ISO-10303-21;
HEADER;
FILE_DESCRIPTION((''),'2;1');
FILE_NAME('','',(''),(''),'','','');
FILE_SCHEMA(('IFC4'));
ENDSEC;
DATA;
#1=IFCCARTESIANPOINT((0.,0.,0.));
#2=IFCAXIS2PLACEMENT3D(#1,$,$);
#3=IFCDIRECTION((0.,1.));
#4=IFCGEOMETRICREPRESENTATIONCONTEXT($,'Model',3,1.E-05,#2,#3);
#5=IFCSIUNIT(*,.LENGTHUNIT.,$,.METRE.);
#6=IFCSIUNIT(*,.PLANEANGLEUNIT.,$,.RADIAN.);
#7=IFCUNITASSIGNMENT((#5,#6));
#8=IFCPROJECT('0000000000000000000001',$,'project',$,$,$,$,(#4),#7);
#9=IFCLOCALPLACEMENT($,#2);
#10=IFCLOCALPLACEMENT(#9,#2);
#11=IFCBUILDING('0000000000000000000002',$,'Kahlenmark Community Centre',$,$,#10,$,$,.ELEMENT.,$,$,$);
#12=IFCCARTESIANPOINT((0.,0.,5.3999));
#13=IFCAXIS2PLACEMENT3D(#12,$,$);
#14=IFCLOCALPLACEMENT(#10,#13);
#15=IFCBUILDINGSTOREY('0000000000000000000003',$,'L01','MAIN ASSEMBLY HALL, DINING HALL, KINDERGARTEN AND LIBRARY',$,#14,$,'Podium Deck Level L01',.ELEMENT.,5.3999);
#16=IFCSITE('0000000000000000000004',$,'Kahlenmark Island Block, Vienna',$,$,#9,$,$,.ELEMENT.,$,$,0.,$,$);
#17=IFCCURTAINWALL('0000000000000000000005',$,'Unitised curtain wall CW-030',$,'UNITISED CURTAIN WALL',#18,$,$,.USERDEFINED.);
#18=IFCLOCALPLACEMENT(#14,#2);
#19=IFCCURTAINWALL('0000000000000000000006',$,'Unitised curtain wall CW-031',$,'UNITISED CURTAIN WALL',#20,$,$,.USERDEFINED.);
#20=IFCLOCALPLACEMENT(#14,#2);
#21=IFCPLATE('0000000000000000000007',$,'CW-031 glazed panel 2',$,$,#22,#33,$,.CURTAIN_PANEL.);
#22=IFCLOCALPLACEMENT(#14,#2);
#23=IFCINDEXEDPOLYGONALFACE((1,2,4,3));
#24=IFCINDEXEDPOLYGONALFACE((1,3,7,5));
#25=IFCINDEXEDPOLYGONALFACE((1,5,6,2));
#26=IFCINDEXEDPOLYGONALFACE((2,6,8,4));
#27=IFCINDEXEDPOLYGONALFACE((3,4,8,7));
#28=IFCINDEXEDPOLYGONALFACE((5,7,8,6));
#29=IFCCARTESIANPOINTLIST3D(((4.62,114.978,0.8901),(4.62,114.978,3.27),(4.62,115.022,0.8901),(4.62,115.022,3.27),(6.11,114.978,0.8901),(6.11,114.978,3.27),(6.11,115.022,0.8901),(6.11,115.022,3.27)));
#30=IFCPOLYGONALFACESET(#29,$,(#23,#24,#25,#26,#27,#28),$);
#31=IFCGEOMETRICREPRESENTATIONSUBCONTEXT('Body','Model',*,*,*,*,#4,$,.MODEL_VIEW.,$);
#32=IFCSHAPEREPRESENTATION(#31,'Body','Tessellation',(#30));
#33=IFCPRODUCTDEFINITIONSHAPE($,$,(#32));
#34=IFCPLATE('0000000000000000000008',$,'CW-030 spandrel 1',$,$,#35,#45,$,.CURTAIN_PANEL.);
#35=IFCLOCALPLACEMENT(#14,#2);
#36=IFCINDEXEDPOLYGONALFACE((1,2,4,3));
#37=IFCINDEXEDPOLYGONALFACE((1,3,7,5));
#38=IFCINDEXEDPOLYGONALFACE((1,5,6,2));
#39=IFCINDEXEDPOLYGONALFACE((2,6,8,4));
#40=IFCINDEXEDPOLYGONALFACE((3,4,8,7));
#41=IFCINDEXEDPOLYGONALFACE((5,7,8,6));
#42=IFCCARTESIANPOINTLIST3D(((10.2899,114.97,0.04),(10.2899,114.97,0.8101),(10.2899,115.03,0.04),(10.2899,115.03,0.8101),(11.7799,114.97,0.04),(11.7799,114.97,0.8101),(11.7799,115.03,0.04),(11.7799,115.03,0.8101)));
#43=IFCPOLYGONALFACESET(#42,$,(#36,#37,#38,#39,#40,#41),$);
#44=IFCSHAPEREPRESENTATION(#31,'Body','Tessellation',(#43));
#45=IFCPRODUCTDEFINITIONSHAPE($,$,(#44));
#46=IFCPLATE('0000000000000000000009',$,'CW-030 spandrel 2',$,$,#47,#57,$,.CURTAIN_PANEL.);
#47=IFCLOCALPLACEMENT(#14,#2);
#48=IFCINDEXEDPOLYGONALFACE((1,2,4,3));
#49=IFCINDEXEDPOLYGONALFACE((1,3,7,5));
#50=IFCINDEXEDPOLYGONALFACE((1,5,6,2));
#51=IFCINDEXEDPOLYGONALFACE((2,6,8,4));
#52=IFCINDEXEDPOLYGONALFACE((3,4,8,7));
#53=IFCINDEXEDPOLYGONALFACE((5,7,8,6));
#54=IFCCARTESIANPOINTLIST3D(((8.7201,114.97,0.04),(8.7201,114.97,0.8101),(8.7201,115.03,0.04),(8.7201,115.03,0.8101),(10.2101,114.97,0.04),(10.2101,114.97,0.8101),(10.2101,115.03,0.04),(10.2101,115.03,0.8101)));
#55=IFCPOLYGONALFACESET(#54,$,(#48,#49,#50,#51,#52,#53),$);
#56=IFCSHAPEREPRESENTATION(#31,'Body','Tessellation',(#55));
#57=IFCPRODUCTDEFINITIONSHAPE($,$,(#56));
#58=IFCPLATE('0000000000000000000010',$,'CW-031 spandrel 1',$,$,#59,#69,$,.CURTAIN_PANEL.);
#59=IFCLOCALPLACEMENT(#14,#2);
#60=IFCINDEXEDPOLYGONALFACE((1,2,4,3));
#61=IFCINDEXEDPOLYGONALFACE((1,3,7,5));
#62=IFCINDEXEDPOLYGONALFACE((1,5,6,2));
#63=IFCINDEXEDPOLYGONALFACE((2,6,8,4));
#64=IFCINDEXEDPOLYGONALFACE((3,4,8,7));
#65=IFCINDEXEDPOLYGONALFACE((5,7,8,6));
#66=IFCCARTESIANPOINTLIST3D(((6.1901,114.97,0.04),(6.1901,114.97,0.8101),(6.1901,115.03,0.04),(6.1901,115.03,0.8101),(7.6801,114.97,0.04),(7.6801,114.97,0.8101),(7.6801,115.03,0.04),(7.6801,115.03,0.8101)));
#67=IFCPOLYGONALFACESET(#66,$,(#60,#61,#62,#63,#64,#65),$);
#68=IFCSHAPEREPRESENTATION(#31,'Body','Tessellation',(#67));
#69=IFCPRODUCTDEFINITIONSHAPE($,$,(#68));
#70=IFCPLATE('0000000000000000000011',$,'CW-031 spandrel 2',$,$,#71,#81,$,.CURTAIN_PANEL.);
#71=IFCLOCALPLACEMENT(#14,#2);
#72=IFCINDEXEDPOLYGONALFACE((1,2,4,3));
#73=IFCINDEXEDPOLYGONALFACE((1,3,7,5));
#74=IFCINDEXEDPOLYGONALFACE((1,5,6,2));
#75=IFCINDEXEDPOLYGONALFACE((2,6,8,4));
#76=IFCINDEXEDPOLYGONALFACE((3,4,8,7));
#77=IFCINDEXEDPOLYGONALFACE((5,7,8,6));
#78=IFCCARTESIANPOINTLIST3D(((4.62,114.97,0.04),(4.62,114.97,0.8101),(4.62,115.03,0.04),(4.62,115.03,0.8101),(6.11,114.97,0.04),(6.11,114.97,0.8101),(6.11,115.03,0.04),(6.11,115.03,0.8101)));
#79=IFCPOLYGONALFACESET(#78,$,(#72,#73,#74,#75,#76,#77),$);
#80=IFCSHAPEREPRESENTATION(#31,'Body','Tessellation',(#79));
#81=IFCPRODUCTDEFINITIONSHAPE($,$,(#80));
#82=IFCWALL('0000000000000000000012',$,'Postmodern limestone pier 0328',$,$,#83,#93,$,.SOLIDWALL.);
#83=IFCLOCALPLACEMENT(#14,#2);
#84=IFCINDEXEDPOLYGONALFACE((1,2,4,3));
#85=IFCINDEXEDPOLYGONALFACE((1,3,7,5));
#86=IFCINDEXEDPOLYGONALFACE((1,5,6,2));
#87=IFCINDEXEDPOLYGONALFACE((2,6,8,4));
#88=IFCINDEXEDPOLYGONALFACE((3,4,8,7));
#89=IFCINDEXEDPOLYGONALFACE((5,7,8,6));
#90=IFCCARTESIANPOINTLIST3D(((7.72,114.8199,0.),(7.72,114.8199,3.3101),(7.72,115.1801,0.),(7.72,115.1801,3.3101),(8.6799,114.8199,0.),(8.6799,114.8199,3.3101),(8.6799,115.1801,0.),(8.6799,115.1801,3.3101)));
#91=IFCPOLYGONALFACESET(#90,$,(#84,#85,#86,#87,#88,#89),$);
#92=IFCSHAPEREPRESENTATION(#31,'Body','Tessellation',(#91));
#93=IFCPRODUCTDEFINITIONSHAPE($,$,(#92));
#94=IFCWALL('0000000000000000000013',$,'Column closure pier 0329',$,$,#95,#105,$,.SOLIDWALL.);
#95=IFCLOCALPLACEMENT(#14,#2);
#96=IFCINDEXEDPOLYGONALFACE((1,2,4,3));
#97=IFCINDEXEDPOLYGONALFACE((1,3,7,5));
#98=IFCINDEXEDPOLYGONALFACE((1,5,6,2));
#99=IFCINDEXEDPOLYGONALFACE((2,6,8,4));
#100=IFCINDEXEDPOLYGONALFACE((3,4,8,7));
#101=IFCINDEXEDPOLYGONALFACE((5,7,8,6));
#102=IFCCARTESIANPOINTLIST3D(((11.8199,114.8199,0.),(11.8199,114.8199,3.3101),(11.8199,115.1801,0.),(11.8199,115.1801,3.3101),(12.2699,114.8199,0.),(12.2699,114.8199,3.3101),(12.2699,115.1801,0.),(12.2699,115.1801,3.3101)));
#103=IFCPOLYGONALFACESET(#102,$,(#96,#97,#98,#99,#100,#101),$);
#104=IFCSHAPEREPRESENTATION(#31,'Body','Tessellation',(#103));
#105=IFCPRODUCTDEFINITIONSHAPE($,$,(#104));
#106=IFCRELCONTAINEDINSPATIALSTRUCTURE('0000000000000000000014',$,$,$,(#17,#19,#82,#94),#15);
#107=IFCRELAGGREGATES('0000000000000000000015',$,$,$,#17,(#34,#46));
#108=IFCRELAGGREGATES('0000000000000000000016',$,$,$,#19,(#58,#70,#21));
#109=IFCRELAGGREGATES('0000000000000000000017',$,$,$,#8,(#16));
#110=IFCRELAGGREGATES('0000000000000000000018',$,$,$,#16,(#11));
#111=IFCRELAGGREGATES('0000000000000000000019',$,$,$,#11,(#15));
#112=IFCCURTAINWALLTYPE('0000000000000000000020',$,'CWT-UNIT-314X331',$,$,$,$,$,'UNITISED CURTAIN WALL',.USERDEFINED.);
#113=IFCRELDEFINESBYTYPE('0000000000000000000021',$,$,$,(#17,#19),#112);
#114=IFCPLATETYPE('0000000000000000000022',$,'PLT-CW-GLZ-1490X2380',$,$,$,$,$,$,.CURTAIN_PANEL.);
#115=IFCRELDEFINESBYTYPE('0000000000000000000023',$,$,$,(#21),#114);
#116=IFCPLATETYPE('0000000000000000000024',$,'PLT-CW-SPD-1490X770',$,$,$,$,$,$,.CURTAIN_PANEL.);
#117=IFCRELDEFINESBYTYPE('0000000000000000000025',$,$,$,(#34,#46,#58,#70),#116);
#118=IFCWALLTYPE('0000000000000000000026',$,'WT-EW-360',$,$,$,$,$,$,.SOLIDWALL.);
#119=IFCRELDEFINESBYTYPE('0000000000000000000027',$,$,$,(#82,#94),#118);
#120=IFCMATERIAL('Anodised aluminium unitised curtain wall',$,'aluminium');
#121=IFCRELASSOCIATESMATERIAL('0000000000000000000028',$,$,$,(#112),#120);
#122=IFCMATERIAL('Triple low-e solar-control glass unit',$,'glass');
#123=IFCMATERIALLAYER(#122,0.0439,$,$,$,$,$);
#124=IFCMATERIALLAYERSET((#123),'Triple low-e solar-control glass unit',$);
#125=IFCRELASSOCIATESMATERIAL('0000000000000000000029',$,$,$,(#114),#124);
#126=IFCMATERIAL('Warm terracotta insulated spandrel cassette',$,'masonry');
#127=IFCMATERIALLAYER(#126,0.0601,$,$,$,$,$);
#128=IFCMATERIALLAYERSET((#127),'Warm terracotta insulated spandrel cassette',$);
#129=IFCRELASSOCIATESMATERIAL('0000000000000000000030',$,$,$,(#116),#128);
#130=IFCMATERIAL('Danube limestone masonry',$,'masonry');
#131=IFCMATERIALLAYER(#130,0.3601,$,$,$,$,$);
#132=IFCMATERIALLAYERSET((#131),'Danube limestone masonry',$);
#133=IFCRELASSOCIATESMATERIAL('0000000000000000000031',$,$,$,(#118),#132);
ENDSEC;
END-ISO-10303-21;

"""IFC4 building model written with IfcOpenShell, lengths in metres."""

from ifc_helpers import new_model, si_unit, direction, frame, frame_2d, origin, origin_2d, place, context, subcontext, project, spatial, rectangle, extrude, material, layer, layer_set, type_object, element, aggregate, save


model = new_model("IFC4")

# Units and contexts
model_context = context("Model", 3, precision=1e-05, world=origin(), true_north=direction((0.0, 1.0)))
body_context = subcontext(model_context, "Body", "Model", "MODEL_VIEW")
ifc_project = project(units=[si_unit("LENGTHUNIT", "METRE"), si_unit("PLANEANGLEUNIT", "RADIAN")], contexts=[model_context])

# Site, building, storey
site_placement = place(None, origin())
site = spatial("IfcSite", under=ifc_project, at=site_placement, Name="Kahlenmark Island Block, Vienna", CompositionType="ELEMENT", RefElevation=0.0)
building_placement = place(site_placement, origin())
building = spatial("IfcBuilding", under=site, at=building_placement, Name="Kahlenmark Community Centre", CompositionType="ELEMENT")
storey_placement = place(building_placement, frame((0.0, 0.0, 5.3999)))
storey = spatial("IfcBuildingStorey", under=building, at=storey_placement, Name="L01", Description="MAIN ASSEMBLY HALL, DINING HALL, KINDERGARTEN AND LIBRARY", LongName="Podium Deck Level L01", CompositionType="ELEMENT", Elevation=5.3999)

# Curtain walls
ifc_material_1 = material(Name="Anodised aluminium unitised curtain wall", Category="aluminium")
curtain_wall_type = type_object("IfcCurtainWallType", Name="CWT-UNIT-314X331", ElementType="UNITISED CURTAIN WALL", PredefinedType="USERDEFINED", material=ifc_material_1)
curtain_wall_1_placement = place(storey_placement, origin())
curtain_wall_1 = element("IfcCurtainWall", 1, at=curtain_wall_1_placement, inside=storey, type_object=curtain_wall_type, Name="Unitised curtain wall CW-030", ObjectType="UNITISED CURTAIN WALL", PredefinedType="USERDEFINED")
curtain_wall_2_placement = place(storey_placement, origin())
curtain_wall_2 = element("IfcCurtainWall", 2, at=curtain_wall_2_placement, inside=storey, type_object=curtain_wall_type, Name="Unitised curtain wall CW-031", ObjectType="UNITISED CURTAIN WALL", PredefinedType="USERDEFINED")

# Plates
ifc_material_2 = material(Name="Triple low-e solar-control glass unit", Category="glass")
ifc_layer_1 = layer(ifc_material_2, 0.0439)
ifc_layer_set_1 = layer_set([ifc_layer_1], Name="Triple low-e solar-control glass unit")
plate_type_1 = type_object("IfcPlateType", Name="PLT-CW-GLZ-1490X2380", PredefinedType="CURTAIN_PANEL", material=ifc_layer_set_1)
plate_1_placement = place(storey_placement, frame((5.365, 115.0, 0.8901), z_axis=(0.0, 0.0, 1.0), x_axis=(-1.0, 0.0, 0.0)))
plate_1 = element("IfcPlate", 3, at=plate_1_placement, type_object=plate_type_1, Name="CW-031 glazed panel 2", PredefinedType="CURTAIN_PANEL", context=body_context, shape_type="SweptSolid", body=[
    extrude(rectangle(XDim=1.49, YDim=0.0439, at=origin_2d()), origin(), (0.0, 0.0, 1.0), 2.3799),
])
ifc_material_3 = material(Name="Warm terracotta insulated spandrel cassette", Category="masonry")
ifc_layer_2 = layer(ifc_material_3, 0.0601)
ifc_layer_set_2 = layer_set([ifc_layer_2], Name="Warm terracotta insulated spandrel cassette")
plate_type_2 = type_object("IfcPlateType", Name="PLT-CW-SPD-1490X770", PredefinedType="CURTAIN_PANEL", material=ifc_layer_set_2)
plate_2_placement = place(storey_placement, frame((11.0349, 115.0, 0.04), z_axis=(0.0, 0.0, 1.0), x_axis=(-1.0, 0.0, 0.0)))
plate_2 = element("IfcPlate", 4, at=plate_2_placement, type_object=plate_type_2, Name="CW-030 spandrel 1", PredefinedType="CURTAIN_PANEL", context=body_context, shape_type="SweptSolid", body=[
    extrude(rectangle(XDim=1.49, YDim=0.0601, at=origin_2d()), origin(), (0.0, 0.0, 1.0), 0.77),
])
plate_3_placement = place(storey_placement, frame((9.4651, 115.0, 0.04), z_axis=(0.0, 0.0, 1.0), x_axis=(-1.0, 0.0, 0.0)))
plate_3 = element("IfcPlate", 5, at=plate_3_placement, type_object=plate_type_2, Name="CW-030 spandrel 2", PredefinedType="CURTAIN_PANEL", context=body_context, shape_type="SweptSolid", body=[
    extrude(rectangle(XDim=1.49, YDim=0.0601, at=origin_2d()), origin(), (0.0, 0.0, 1.0), 0.77),
])
aggregate(curtain_wall_1, [plate_2, plate_3])
plate_4_placement = place(storey_placement, frame((6.9351, 115.0, 0.04), z_axis=(0.0, 0.0, 1.0), x_axis=(-1.0, 0.0, 0.0)))
plate_4 = element("IfcPlate", 6, at=plate_4_placement, type_object=plate_type_2, Name="CW-031 spandrel 1", PredefinedType="CURTAIN_PANEL", context=body_context, shape_type="SweptSolid", body=[
    extrude(rectangle(XDim=1.49, YDim=0.0601, at=origin_2d()), origin(), (0.0, 0.0, 1.0), 0.77),
])
plate_5_placement = place(storey_placement, frame((5.365, 115.0, 0.04), z_axis=(0.0, 0.0, 1.0), x_axis=(-1.0, 0.0, 0.0)))
plate_5 = element("IfcPlate", 7, at=plate_5_placement, type_object=plate_type_2, Name="CW-031 spandrel 2", PredefinedType="CURTAIN_PANEL", context=body_context, shape_type="SweptSolid", body=[
    extrude(rectangle(XDim=1.49, YDim=0.0601, at=origin_2d()), origin(), (0.0, 0.0, 1.0), 0.77),
])
aggregate(curtain_wall_2, [plate_4, plate_5, plate_1])

# Walls
ifc_material_4 = material(Name="Danube limestone masonry", Category="masonry")
ifc_layer_3 = layer(ifc_material_4, 0.3601)
ifc_layer_set_3 = layer_set([ifc_layer_3], Name="Danube limestone masonry")
wall_type = type_object("IfcWallType", Name="WT-EW-360", PredefinedType="SOLIDWALL", material=ifc_layer_set_3)
wall_1_placement = place(storey_placement, frame((8.6799, 115.0, 0.0), z_axis=(0.0, 0.0, 1.0), x_axis=(-1.0, 0.0, 0.0)))
element("IfcWall", 8, at=wall_1_placement, inside=storey, type_object=wall_type, Name="Postmodern limestone pier 0328", PredefinedType="SOLIDWALL", context=body_context, shape_type="SweptSolid", body=[
    extrude(rectangle(XDim=0.96, YDim=0.3601, at=frame_2d((0.48, 0.0))), origin(), (0.0, 0.0, 1.0), 3.3101),
])
wall_2_placement = place(storey_placement, frame((12.27, 115.0, 0.0), z_axis=(0.0, 0.0, 1.0), x_axis=(-1.0, 0.0, 0.0)))
element("IfcWall", 9, at=wall_2_placement, inside=storey, type_object=wall_type, Name="Column closure pier 0329", PredefinedType="SOLIDWALL", context=body_context, shape_type="SweptSolid", body=[
    extrude(rectangle(XDim=0.45, YDim=0.3601, at=frame_2d((0.2251, 0.0))), origin(), (0.0, 0.0, 1.0), 3.3101),
])

save(model, "model.ifc")
